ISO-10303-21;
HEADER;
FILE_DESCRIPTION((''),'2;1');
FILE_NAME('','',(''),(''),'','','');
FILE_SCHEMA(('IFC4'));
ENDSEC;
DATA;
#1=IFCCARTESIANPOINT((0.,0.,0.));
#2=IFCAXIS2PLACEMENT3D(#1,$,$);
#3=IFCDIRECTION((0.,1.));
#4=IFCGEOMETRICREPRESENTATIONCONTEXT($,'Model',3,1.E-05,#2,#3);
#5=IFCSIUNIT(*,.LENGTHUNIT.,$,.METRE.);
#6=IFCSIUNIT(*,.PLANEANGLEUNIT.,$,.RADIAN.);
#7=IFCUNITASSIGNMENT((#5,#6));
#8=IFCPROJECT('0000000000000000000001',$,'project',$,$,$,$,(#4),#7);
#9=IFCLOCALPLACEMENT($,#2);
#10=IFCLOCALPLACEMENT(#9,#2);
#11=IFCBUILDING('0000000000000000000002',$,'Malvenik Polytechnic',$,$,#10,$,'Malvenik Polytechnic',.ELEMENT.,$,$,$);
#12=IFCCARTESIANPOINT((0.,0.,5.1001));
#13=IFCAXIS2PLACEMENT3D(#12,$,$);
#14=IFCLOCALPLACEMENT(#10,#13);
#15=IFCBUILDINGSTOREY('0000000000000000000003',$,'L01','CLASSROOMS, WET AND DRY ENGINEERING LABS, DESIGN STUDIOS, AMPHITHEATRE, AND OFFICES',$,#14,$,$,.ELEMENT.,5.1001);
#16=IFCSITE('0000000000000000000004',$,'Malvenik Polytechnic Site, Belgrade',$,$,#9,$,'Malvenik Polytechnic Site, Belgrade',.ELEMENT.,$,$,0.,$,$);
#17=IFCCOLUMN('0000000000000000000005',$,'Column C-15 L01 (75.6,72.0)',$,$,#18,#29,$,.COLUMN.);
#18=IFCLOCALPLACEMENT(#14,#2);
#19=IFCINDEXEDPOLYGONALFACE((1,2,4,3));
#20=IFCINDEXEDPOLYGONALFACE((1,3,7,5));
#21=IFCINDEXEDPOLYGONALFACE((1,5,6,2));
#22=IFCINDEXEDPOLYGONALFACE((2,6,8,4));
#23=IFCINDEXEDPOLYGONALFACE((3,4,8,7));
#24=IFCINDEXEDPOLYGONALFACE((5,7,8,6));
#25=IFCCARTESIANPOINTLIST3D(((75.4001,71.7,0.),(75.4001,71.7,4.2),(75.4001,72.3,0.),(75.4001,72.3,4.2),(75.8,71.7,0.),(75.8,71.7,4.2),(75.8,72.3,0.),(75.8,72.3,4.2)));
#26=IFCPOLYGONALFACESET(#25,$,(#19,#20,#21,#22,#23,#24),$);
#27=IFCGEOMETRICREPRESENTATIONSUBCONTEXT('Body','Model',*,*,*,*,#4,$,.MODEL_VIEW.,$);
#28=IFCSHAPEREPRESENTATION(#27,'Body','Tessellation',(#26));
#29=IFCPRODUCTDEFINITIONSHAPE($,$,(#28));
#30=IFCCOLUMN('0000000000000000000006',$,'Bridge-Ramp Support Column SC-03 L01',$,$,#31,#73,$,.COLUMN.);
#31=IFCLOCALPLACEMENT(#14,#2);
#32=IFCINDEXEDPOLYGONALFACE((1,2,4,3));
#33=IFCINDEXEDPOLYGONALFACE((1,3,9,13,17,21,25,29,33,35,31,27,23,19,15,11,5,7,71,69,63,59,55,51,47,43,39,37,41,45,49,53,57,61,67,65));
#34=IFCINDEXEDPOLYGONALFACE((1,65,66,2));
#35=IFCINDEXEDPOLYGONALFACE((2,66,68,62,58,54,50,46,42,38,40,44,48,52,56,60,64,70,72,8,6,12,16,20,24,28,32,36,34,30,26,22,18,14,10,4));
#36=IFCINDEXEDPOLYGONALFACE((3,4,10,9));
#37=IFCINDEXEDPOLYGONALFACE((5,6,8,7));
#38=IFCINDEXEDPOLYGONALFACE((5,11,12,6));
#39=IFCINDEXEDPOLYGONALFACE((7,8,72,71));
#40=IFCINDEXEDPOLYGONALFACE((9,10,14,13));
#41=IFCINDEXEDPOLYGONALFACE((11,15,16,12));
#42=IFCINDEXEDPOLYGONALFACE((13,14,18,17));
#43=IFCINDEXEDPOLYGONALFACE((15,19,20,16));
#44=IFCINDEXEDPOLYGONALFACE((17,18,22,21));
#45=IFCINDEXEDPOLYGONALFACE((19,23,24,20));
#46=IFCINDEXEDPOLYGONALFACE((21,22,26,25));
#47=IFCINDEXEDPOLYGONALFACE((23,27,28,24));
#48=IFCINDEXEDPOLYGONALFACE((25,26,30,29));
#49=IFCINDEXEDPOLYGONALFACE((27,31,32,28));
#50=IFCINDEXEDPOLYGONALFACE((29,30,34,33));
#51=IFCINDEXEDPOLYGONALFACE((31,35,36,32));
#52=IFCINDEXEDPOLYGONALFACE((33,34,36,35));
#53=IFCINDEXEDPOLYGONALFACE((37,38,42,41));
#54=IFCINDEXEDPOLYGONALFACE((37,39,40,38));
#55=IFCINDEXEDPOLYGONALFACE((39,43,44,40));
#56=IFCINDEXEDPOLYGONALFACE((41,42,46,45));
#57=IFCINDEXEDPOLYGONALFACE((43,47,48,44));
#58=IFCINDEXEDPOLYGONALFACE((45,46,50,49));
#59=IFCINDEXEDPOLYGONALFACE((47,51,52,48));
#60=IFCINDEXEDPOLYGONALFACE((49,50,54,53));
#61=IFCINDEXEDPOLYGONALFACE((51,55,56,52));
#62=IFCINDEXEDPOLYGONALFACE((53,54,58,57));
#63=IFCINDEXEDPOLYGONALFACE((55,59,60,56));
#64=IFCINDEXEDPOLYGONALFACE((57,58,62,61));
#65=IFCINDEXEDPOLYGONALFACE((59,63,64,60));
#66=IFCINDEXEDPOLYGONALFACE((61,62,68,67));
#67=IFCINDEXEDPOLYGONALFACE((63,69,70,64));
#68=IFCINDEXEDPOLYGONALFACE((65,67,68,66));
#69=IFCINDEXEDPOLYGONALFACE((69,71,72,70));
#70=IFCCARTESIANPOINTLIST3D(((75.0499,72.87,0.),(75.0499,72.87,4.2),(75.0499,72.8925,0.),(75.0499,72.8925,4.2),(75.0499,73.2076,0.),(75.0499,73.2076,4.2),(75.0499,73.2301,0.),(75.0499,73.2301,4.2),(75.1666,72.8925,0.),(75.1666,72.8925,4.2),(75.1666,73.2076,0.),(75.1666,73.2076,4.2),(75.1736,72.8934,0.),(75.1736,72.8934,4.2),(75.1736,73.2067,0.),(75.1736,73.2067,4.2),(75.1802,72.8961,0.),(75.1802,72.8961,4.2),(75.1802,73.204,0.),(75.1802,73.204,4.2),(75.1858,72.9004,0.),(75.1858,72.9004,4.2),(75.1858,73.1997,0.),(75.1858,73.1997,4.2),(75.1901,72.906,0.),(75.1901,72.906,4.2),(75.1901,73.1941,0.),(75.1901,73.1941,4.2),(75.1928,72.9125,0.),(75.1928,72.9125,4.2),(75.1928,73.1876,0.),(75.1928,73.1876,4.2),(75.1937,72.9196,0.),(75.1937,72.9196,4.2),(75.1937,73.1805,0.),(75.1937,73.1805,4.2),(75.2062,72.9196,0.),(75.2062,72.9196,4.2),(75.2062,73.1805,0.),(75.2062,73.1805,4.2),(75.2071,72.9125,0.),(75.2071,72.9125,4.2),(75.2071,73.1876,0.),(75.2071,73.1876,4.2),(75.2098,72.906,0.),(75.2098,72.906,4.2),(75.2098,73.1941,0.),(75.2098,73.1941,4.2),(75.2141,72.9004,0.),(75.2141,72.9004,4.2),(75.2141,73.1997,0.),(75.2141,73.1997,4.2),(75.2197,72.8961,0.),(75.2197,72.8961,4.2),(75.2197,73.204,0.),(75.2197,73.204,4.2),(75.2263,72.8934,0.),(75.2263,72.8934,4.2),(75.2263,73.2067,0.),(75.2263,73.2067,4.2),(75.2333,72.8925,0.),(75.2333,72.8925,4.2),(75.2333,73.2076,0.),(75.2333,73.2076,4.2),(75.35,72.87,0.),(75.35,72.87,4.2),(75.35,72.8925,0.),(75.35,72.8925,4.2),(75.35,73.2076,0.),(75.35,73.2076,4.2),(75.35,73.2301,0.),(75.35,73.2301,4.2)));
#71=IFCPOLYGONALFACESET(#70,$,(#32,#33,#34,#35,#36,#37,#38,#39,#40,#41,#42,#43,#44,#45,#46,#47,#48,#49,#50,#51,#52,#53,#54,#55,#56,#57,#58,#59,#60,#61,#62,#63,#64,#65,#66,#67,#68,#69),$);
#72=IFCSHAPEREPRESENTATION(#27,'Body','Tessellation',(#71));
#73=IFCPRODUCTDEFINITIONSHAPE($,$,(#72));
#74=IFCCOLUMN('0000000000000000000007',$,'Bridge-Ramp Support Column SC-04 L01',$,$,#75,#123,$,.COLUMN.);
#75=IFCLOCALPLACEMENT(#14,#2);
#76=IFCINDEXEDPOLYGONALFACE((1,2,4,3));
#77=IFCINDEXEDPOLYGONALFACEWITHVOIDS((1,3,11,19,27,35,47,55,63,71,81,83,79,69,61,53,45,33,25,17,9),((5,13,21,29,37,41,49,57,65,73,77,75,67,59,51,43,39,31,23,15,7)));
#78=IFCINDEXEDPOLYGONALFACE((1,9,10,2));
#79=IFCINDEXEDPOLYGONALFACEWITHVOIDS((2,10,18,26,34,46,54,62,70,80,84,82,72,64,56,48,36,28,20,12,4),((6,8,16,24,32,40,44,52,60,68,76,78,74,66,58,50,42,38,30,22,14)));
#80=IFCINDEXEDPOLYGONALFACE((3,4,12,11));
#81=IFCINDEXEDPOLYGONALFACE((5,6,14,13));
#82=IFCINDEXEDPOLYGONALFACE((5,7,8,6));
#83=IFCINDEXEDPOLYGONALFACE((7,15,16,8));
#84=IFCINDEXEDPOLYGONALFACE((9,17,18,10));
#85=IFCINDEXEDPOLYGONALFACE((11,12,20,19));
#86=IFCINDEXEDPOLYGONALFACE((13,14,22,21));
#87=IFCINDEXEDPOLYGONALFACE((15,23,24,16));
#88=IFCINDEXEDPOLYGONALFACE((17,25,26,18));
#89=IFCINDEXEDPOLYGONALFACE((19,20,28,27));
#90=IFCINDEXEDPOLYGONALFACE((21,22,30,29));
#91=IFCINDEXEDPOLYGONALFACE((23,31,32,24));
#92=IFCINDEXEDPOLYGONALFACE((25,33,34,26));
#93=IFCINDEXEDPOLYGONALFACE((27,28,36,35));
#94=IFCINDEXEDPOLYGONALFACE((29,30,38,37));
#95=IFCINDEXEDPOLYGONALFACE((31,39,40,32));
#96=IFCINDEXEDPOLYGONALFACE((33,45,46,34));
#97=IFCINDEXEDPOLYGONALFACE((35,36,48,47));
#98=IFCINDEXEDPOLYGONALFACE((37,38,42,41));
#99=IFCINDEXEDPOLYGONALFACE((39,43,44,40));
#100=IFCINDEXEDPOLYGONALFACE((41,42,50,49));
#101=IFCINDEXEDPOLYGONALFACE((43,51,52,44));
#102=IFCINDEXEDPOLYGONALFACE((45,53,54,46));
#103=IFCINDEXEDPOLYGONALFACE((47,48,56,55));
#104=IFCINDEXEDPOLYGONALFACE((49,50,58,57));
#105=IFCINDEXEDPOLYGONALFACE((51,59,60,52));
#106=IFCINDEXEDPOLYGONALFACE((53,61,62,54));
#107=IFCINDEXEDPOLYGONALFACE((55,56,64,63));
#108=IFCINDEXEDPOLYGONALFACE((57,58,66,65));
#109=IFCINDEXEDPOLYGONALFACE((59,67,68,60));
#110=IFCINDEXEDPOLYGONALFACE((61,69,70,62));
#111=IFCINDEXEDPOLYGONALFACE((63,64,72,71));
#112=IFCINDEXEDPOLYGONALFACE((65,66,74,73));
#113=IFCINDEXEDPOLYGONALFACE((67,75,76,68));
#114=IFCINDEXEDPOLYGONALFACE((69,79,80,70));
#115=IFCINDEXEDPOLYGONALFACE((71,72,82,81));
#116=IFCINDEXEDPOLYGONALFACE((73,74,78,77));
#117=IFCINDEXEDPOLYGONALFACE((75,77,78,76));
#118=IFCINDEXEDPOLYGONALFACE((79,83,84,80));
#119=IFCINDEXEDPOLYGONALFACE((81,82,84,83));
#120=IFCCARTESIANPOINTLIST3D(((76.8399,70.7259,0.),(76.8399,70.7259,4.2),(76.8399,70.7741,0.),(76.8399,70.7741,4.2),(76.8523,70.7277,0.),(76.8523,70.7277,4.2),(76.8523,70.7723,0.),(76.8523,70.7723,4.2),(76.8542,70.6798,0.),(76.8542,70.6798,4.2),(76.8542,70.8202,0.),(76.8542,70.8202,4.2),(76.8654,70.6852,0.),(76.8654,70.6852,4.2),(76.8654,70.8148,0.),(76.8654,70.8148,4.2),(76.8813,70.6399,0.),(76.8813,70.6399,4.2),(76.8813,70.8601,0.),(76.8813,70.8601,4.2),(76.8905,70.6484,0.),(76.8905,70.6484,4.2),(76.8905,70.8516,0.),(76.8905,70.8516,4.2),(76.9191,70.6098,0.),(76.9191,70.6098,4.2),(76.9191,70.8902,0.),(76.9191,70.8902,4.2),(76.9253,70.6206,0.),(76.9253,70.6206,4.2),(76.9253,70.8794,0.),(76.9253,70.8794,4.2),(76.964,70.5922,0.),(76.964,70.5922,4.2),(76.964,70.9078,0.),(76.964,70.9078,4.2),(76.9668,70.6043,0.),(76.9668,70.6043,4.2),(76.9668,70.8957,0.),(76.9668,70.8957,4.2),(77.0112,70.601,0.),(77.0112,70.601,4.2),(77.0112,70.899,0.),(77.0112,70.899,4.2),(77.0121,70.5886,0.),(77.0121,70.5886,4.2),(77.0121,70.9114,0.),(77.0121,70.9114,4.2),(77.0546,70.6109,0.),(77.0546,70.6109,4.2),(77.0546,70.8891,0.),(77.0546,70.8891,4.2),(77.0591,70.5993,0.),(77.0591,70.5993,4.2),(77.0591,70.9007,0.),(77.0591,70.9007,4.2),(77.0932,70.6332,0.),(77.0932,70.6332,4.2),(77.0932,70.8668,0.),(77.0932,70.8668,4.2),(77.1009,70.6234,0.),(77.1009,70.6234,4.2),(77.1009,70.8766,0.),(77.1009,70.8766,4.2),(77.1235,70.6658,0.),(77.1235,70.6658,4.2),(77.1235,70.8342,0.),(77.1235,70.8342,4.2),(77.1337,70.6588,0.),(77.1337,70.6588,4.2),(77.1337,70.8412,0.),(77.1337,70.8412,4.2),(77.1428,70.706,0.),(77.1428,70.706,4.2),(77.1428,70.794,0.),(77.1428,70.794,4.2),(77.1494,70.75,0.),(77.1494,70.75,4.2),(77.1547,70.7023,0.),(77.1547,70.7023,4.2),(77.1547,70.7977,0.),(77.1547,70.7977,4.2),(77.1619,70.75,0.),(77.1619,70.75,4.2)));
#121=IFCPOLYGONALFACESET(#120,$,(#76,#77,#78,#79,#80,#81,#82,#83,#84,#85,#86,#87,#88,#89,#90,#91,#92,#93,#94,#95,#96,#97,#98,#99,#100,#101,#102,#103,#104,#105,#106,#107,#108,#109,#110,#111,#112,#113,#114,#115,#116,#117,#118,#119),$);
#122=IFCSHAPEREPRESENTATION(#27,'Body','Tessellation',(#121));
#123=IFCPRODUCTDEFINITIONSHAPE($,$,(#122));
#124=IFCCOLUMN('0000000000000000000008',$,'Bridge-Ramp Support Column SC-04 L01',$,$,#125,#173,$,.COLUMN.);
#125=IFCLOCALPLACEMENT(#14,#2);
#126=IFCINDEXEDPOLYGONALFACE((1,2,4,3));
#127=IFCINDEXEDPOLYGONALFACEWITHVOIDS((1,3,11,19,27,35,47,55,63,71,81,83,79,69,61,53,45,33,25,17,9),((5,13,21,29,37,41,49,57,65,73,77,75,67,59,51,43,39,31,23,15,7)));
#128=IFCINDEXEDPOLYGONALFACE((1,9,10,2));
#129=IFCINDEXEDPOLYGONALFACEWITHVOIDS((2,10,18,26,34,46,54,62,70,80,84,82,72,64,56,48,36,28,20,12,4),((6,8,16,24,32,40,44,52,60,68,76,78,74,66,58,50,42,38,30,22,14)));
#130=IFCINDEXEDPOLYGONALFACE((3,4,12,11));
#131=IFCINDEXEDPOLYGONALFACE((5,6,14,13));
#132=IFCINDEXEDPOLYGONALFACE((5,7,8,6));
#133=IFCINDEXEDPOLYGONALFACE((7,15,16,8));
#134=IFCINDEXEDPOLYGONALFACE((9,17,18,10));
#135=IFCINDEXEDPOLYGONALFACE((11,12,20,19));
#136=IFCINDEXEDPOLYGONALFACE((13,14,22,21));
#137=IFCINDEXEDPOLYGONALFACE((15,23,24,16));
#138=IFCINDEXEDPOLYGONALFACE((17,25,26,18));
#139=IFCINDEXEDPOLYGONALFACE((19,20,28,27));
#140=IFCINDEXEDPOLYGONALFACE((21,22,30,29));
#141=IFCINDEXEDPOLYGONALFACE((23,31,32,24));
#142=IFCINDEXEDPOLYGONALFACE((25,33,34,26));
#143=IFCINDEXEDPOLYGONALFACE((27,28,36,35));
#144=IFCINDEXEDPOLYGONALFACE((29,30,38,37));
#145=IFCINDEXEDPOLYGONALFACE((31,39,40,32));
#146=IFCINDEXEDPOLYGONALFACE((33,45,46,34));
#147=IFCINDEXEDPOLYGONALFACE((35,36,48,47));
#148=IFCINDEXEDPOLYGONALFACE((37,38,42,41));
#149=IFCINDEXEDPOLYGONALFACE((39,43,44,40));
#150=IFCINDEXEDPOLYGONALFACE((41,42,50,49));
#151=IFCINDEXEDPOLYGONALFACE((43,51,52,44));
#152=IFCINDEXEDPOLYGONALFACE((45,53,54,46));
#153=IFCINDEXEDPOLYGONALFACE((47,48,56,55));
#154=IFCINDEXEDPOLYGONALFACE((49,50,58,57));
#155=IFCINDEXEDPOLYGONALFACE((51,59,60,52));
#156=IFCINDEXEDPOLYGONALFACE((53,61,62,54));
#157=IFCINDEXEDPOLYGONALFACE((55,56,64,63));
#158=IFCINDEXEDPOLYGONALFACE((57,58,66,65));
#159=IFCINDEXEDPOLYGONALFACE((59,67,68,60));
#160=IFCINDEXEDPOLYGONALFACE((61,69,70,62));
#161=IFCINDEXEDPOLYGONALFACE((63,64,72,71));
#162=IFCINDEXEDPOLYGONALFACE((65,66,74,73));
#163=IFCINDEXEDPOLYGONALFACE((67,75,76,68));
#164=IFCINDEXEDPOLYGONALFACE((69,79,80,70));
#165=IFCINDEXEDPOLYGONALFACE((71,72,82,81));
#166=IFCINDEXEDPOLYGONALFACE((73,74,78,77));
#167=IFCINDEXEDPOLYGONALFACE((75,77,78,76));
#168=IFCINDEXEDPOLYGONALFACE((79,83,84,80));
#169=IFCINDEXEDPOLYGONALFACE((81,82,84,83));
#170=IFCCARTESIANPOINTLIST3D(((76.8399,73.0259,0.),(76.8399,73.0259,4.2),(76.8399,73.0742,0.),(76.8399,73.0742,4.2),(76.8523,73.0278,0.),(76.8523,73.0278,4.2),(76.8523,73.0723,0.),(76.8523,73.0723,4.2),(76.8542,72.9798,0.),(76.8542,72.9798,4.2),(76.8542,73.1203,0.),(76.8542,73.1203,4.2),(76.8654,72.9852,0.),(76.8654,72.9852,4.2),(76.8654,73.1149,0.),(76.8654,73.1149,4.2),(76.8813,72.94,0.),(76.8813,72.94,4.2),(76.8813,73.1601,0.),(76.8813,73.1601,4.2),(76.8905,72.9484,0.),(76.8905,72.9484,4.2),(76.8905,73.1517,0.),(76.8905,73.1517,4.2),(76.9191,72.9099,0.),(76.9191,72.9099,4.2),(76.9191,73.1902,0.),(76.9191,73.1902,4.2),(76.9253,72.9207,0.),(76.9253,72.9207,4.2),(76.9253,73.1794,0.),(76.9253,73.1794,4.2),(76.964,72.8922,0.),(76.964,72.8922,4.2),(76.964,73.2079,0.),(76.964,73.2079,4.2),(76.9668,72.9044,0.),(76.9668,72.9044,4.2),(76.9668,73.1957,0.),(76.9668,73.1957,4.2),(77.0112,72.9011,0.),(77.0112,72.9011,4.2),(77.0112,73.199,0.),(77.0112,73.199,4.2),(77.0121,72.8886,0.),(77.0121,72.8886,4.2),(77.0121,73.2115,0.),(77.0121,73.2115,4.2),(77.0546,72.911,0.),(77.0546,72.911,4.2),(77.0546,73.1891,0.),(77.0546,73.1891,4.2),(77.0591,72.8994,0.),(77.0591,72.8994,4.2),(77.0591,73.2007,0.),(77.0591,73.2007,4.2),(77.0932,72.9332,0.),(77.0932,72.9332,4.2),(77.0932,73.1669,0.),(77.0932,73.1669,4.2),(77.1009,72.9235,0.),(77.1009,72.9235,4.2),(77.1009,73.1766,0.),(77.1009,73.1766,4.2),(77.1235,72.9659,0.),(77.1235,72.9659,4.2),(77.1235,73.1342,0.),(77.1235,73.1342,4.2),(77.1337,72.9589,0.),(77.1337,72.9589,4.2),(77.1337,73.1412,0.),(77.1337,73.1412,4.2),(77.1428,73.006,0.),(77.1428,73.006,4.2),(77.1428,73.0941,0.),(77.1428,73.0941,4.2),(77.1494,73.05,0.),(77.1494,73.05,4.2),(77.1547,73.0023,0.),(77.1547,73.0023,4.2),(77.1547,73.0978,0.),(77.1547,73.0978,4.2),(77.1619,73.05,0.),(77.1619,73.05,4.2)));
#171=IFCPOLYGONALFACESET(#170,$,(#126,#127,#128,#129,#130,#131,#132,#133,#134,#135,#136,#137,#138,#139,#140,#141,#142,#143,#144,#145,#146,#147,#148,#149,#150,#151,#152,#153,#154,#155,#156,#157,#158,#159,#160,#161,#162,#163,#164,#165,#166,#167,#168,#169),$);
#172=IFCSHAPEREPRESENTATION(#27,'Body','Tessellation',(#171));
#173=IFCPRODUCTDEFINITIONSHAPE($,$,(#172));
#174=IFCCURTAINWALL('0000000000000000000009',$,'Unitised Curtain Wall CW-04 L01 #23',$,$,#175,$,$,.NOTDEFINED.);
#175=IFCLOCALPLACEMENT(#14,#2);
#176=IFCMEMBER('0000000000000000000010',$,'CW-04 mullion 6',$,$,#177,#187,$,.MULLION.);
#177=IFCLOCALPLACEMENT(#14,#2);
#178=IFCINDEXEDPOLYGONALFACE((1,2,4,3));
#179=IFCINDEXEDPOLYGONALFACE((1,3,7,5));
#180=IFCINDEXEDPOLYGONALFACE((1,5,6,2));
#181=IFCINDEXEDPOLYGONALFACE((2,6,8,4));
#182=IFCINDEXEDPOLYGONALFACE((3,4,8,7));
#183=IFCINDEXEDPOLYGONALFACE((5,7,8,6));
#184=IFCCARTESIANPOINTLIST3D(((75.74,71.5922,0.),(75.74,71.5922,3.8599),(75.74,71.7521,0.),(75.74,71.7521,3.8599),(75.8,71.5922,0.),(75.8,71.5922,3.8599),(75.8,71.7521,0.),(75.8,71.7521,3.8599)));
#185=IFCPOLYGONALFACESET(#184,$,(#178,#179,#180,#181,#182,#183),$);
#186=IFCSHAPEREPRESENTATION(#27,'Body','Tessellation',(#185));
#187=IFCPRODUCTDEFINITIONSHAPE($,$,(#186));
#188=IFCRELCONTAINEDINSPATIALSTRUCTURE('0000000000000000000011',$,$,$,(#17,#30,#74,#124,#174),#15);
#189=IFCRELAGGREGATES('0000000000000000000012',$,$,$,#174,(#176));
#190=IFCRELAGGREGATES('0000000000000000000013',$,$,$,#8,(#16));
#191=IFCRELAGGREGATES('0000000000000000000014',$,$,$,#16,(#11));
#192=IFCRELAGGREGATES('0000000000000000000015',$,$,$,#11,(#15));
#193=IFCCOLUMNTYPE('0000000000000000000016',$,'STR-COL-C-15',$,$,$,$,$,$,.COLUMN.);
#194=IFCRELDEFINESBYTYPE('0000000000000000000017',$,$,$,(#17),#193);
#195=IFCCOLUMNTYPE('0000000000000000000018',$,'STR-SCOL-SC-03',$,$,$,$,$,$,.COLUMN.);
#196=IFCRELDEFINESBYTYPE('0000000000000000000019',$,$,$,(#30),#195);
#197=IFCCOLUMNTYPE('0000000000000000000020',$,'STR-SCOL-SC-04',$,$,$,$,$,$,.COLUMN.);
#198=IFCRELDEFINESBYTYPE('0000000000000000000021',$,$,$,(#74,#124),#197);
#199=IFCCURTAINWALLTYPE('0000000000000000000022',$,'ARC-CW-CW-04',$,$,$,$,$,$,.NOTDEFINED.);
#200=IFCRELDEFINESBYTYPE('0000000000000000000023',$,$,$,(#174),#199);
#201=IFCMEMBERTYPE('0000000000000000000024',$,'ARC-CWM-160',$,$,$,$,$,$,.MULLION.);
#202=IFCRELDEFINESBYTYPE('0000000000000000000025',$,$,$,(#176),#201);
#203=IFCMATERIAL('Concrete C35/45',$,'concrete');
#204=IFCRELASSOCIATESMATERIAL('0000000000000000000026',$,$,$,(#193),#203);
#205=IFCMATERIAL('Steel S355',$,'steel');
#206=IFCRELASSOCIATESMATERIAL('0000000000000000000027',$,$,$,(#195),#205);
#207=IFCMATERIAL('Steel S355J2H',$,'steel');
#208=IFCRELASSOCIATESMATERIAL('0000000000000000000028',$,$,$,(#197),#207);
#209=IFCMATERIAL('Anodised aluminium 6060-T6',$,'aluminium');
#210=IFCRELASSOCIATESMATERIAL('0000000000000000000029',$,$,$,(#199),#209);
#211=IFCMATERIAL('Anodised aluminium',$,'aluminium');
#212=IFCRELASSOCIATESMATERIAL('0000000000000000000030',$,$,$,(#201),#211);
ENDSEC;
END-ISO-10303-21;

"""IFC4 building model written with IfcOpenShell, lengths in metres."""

from ifc_helpers import new_model, si_unit, direction, frame, origin, origin_2d, place, context, subcontext, project, spatial, rectangle, hollow_circle, i_section, extrude, material, material_profile, profile_set, type_object, element, aggregate, save


model = new_model("IFC4")

# Units and contexts
model_context = context("Model", 3, precision=1e-05, world=origin(), true_north=direction((0.0, 1.0)))
body_context = subcontext(model_context, "Body", "Model", "MODEL_VIEW")
ifc_project = project(units=[si_unit("LENGTHUNIT", "METRE"), si_unit("PLANEANGLEUNIT", "RADIAN")], contexts=[model_context])

# Site, building, storey
site_placement = place(None, origin())
site = spatial("IfcSite", under=ifc_project, at=site_placement, Name="Malvenik Polytechnic Site, Belgrade", LongName="Malvenik Polytechnic Site, Belgrade", CompositionType="ELEMENT", RefElevation=0.0)
building_placement = place(site_placement, origin())
building = spatial("IfcBuilding", under=site, at=building_placement, Name="Malvenik Polytechnic", LongName="Malvenik Polytechnic", CompositionType="ELEMENT")
storey_placement = place(building_placement, frame((0.0, 0.0, 5.1001)))
storey = spatial("IfcBuildingStorey", under=building, at=storey_placement, Name="L01", Description="CLASSROOMS, WET AND DRY ENGINEERING LABS, DESIGN STUDIOS, AMPHITHEATRE, AND OFFICES", CompositionType="ELEMENT", Elevation=5.1001)

# Columns
ifc_material_1 = material(Name="Concrete C35/45", Category="concrete")
ifc_material_profile_1 = material_profile(ifc_material_1, rectangle(XDim=0.3999, YDim=0.6001, at=origin_2d()), Name="RC COL 600x400")
ifc_profile_set_1 = profile_set([ifc_material_profile_1], Name="Concrete C35/45")
column_type_1 = type_object("IfcColumnType", Name="STR-COL-C-15", PredefinedType="COLUMN", material=ifc_profile_set_1)
column_1_placement = place(storey_placement, frame((75.6001, 72.0, 0.0), z_axis=(0.0, 0.0, 1.0), x_axis=(1.0, 0.0, 0.0)))
element("IfcColumn", 1, at=column_1_placement, inside=storey, type_object=column_type_1, Name="Column C-15 L01 (75.6,72.0)", PredefinedType="COLUMN", context=body_context, shape_type="SweptSolid", body=[
    extrude(rectangle(XDim=0.3999, YDim=0.6001, at=origin_2d()), origin(), (0.0, 0.0, 1.0), 4.2),
])
ifc_material_2 = material(Name="Steel S355", Category="steel")
ifc_material_profile_2 = material_profile(ifc_material_2, i_section(OverallWidth=0.3, OverallDepth=0.3601, WebThickness=0.0125, FlangeThickness=0.0225, FilletRadius=0.0271, at=origin_2d()), Name="HEB 360")
ifc_profile_set_2 = profile_set([ifc_material_profile_2], Name="Steel S355")
column_type_2 = type_object("IfcColumnType", Name="STR-SCOL-SC-03", PredefinedType="COLUMN", material=ifc_profile_set_2)
column_2_placement = place(storey_placement, frame((75.2, 73.05, 0.0), z_axis=(0.0, 0.0, 1.0), x_axis=(1.0, 0.0, 0.0)))
element("IfcColumn", 2, at=column_2_placement, inside=storey, type_object=column_type_2, Name="Bridge-Ramp Support Column SC-03 L01", PredefinedType="COLUMN", context=body_context, shape_type="SweptSolid", body=[
    extrude(i_section(OverallWidth=0.3, OverallDepth=0.3601, WebThickness=0.0125, FlangeThickness=0.0225, FilletRadius=0.0271, at=origin_2d()), origin(), (0.0, 0.0, 1.0), 4.2),
])
ifc_material_3 = material(Name="Steel S355J2H", Category="steel")
ifc_material_profile_3 = material_profile(ifc_material_3, hollow_circle(Radius=0.1619, WallThickness=0.0125, at=origin_2d()), Name="CHS 323.9x12.5")
ifc_profile_set_3 = profile_set([ifc_material_profile_3], Name="Steel S355J2H")
column_type_3 = type_object("IfcColumnType", Name="STR-SCOL-SC-04", PredefinedType="COLUMN", material=ifc_profile_set_3)
for number, where, z_axis, x_axis, name in (
    (3, (77.0, 70.75, 0.0), (0.0, 0.0, 1.0), (1.0, 0.0, 0.0), "Bridge-Ramp Support Column SC-04 L01"),
    (4, (77.0, 73.05, 0.0), (0.0, 0.0, 1.0), (1.0, 0.0, 0.0), "Bridge-Ramp Support Column SC-04 L01"),
):
    element("IfcColumn", number, at=place(storey_placement, frame(where, z_axis=z_axis, x_axis=x_axis)), inside=storey, type_object=column_type_3, Name=name, PredefinedType="COLUMN", context=body_context, shape_type="SweptSolid", body=[
        extrude(hollow_circle(Radius=0.1619, WallThickness=0.0125, at=origin_2d()), origin(), (0.0, 0.0, 1.0), 4.2),
    ])

# Curtain wall, member
ifc_material_4 = material(Name="Anodised aluminium 6060-T6", Category="aluminium")
curtain_wall_type = type_object("IfcCurtainWallType", Name="ARC-CW-CW-04", PredefinedType="NOTDEFINED", material=ifc_material_4)
curtain_wall_1_placement = place(storey_placement, origin())
curtain_wall_1 = element("IfcCurtainWall", 5, at=curtain_wall_1_placement, inside=storey, type_object=curtain_wall_type, Name="Unitised Curtain Wall CW-04 L01 #23", PredefinedType="NOTDEFINED")
ifc_material_5 = material(Name="Anodised aluminium", Category="aluminium")
ifc_material_profile_4 = material_profile(ifc_material_5, rectangle(XDim=0.0601, YDim=0.1599, at=origin_2d()), Name="ALU MULLION 60x160")
ifc_profile_set_4 = profile_set([ifc_material_profile_4], Name="Anodised aluminium")
member_type_1 = type_object("IfcMemberType", Name="ARC-CWM-160", PredefinedType="MULLION", material=ifc_profile_set_4)
member_1_placement = place(storey_placement, frame((75.77, 71.6721, 0.0), z_axis=(0.0, 0.0, 1.0), x_axis=(-1.0, 0.0, 0.0)))
member_1 = element("IfcMember", 6, at=member_1_placement, type_object=member_type_1, Name="CW-04 mullion 6", PredefinedType="MULLION", context=body_context, shape_type="SweptSolid", body=[
    extrude(rectangle(XDim=0.0601, YDim=0.1599, at=origin_2d()), origin(), (0.0, 0.0, 1.0), 3.8599),
])

aggregate(curtain_wall_1, [member_1])

save(model, "model.ifc")
